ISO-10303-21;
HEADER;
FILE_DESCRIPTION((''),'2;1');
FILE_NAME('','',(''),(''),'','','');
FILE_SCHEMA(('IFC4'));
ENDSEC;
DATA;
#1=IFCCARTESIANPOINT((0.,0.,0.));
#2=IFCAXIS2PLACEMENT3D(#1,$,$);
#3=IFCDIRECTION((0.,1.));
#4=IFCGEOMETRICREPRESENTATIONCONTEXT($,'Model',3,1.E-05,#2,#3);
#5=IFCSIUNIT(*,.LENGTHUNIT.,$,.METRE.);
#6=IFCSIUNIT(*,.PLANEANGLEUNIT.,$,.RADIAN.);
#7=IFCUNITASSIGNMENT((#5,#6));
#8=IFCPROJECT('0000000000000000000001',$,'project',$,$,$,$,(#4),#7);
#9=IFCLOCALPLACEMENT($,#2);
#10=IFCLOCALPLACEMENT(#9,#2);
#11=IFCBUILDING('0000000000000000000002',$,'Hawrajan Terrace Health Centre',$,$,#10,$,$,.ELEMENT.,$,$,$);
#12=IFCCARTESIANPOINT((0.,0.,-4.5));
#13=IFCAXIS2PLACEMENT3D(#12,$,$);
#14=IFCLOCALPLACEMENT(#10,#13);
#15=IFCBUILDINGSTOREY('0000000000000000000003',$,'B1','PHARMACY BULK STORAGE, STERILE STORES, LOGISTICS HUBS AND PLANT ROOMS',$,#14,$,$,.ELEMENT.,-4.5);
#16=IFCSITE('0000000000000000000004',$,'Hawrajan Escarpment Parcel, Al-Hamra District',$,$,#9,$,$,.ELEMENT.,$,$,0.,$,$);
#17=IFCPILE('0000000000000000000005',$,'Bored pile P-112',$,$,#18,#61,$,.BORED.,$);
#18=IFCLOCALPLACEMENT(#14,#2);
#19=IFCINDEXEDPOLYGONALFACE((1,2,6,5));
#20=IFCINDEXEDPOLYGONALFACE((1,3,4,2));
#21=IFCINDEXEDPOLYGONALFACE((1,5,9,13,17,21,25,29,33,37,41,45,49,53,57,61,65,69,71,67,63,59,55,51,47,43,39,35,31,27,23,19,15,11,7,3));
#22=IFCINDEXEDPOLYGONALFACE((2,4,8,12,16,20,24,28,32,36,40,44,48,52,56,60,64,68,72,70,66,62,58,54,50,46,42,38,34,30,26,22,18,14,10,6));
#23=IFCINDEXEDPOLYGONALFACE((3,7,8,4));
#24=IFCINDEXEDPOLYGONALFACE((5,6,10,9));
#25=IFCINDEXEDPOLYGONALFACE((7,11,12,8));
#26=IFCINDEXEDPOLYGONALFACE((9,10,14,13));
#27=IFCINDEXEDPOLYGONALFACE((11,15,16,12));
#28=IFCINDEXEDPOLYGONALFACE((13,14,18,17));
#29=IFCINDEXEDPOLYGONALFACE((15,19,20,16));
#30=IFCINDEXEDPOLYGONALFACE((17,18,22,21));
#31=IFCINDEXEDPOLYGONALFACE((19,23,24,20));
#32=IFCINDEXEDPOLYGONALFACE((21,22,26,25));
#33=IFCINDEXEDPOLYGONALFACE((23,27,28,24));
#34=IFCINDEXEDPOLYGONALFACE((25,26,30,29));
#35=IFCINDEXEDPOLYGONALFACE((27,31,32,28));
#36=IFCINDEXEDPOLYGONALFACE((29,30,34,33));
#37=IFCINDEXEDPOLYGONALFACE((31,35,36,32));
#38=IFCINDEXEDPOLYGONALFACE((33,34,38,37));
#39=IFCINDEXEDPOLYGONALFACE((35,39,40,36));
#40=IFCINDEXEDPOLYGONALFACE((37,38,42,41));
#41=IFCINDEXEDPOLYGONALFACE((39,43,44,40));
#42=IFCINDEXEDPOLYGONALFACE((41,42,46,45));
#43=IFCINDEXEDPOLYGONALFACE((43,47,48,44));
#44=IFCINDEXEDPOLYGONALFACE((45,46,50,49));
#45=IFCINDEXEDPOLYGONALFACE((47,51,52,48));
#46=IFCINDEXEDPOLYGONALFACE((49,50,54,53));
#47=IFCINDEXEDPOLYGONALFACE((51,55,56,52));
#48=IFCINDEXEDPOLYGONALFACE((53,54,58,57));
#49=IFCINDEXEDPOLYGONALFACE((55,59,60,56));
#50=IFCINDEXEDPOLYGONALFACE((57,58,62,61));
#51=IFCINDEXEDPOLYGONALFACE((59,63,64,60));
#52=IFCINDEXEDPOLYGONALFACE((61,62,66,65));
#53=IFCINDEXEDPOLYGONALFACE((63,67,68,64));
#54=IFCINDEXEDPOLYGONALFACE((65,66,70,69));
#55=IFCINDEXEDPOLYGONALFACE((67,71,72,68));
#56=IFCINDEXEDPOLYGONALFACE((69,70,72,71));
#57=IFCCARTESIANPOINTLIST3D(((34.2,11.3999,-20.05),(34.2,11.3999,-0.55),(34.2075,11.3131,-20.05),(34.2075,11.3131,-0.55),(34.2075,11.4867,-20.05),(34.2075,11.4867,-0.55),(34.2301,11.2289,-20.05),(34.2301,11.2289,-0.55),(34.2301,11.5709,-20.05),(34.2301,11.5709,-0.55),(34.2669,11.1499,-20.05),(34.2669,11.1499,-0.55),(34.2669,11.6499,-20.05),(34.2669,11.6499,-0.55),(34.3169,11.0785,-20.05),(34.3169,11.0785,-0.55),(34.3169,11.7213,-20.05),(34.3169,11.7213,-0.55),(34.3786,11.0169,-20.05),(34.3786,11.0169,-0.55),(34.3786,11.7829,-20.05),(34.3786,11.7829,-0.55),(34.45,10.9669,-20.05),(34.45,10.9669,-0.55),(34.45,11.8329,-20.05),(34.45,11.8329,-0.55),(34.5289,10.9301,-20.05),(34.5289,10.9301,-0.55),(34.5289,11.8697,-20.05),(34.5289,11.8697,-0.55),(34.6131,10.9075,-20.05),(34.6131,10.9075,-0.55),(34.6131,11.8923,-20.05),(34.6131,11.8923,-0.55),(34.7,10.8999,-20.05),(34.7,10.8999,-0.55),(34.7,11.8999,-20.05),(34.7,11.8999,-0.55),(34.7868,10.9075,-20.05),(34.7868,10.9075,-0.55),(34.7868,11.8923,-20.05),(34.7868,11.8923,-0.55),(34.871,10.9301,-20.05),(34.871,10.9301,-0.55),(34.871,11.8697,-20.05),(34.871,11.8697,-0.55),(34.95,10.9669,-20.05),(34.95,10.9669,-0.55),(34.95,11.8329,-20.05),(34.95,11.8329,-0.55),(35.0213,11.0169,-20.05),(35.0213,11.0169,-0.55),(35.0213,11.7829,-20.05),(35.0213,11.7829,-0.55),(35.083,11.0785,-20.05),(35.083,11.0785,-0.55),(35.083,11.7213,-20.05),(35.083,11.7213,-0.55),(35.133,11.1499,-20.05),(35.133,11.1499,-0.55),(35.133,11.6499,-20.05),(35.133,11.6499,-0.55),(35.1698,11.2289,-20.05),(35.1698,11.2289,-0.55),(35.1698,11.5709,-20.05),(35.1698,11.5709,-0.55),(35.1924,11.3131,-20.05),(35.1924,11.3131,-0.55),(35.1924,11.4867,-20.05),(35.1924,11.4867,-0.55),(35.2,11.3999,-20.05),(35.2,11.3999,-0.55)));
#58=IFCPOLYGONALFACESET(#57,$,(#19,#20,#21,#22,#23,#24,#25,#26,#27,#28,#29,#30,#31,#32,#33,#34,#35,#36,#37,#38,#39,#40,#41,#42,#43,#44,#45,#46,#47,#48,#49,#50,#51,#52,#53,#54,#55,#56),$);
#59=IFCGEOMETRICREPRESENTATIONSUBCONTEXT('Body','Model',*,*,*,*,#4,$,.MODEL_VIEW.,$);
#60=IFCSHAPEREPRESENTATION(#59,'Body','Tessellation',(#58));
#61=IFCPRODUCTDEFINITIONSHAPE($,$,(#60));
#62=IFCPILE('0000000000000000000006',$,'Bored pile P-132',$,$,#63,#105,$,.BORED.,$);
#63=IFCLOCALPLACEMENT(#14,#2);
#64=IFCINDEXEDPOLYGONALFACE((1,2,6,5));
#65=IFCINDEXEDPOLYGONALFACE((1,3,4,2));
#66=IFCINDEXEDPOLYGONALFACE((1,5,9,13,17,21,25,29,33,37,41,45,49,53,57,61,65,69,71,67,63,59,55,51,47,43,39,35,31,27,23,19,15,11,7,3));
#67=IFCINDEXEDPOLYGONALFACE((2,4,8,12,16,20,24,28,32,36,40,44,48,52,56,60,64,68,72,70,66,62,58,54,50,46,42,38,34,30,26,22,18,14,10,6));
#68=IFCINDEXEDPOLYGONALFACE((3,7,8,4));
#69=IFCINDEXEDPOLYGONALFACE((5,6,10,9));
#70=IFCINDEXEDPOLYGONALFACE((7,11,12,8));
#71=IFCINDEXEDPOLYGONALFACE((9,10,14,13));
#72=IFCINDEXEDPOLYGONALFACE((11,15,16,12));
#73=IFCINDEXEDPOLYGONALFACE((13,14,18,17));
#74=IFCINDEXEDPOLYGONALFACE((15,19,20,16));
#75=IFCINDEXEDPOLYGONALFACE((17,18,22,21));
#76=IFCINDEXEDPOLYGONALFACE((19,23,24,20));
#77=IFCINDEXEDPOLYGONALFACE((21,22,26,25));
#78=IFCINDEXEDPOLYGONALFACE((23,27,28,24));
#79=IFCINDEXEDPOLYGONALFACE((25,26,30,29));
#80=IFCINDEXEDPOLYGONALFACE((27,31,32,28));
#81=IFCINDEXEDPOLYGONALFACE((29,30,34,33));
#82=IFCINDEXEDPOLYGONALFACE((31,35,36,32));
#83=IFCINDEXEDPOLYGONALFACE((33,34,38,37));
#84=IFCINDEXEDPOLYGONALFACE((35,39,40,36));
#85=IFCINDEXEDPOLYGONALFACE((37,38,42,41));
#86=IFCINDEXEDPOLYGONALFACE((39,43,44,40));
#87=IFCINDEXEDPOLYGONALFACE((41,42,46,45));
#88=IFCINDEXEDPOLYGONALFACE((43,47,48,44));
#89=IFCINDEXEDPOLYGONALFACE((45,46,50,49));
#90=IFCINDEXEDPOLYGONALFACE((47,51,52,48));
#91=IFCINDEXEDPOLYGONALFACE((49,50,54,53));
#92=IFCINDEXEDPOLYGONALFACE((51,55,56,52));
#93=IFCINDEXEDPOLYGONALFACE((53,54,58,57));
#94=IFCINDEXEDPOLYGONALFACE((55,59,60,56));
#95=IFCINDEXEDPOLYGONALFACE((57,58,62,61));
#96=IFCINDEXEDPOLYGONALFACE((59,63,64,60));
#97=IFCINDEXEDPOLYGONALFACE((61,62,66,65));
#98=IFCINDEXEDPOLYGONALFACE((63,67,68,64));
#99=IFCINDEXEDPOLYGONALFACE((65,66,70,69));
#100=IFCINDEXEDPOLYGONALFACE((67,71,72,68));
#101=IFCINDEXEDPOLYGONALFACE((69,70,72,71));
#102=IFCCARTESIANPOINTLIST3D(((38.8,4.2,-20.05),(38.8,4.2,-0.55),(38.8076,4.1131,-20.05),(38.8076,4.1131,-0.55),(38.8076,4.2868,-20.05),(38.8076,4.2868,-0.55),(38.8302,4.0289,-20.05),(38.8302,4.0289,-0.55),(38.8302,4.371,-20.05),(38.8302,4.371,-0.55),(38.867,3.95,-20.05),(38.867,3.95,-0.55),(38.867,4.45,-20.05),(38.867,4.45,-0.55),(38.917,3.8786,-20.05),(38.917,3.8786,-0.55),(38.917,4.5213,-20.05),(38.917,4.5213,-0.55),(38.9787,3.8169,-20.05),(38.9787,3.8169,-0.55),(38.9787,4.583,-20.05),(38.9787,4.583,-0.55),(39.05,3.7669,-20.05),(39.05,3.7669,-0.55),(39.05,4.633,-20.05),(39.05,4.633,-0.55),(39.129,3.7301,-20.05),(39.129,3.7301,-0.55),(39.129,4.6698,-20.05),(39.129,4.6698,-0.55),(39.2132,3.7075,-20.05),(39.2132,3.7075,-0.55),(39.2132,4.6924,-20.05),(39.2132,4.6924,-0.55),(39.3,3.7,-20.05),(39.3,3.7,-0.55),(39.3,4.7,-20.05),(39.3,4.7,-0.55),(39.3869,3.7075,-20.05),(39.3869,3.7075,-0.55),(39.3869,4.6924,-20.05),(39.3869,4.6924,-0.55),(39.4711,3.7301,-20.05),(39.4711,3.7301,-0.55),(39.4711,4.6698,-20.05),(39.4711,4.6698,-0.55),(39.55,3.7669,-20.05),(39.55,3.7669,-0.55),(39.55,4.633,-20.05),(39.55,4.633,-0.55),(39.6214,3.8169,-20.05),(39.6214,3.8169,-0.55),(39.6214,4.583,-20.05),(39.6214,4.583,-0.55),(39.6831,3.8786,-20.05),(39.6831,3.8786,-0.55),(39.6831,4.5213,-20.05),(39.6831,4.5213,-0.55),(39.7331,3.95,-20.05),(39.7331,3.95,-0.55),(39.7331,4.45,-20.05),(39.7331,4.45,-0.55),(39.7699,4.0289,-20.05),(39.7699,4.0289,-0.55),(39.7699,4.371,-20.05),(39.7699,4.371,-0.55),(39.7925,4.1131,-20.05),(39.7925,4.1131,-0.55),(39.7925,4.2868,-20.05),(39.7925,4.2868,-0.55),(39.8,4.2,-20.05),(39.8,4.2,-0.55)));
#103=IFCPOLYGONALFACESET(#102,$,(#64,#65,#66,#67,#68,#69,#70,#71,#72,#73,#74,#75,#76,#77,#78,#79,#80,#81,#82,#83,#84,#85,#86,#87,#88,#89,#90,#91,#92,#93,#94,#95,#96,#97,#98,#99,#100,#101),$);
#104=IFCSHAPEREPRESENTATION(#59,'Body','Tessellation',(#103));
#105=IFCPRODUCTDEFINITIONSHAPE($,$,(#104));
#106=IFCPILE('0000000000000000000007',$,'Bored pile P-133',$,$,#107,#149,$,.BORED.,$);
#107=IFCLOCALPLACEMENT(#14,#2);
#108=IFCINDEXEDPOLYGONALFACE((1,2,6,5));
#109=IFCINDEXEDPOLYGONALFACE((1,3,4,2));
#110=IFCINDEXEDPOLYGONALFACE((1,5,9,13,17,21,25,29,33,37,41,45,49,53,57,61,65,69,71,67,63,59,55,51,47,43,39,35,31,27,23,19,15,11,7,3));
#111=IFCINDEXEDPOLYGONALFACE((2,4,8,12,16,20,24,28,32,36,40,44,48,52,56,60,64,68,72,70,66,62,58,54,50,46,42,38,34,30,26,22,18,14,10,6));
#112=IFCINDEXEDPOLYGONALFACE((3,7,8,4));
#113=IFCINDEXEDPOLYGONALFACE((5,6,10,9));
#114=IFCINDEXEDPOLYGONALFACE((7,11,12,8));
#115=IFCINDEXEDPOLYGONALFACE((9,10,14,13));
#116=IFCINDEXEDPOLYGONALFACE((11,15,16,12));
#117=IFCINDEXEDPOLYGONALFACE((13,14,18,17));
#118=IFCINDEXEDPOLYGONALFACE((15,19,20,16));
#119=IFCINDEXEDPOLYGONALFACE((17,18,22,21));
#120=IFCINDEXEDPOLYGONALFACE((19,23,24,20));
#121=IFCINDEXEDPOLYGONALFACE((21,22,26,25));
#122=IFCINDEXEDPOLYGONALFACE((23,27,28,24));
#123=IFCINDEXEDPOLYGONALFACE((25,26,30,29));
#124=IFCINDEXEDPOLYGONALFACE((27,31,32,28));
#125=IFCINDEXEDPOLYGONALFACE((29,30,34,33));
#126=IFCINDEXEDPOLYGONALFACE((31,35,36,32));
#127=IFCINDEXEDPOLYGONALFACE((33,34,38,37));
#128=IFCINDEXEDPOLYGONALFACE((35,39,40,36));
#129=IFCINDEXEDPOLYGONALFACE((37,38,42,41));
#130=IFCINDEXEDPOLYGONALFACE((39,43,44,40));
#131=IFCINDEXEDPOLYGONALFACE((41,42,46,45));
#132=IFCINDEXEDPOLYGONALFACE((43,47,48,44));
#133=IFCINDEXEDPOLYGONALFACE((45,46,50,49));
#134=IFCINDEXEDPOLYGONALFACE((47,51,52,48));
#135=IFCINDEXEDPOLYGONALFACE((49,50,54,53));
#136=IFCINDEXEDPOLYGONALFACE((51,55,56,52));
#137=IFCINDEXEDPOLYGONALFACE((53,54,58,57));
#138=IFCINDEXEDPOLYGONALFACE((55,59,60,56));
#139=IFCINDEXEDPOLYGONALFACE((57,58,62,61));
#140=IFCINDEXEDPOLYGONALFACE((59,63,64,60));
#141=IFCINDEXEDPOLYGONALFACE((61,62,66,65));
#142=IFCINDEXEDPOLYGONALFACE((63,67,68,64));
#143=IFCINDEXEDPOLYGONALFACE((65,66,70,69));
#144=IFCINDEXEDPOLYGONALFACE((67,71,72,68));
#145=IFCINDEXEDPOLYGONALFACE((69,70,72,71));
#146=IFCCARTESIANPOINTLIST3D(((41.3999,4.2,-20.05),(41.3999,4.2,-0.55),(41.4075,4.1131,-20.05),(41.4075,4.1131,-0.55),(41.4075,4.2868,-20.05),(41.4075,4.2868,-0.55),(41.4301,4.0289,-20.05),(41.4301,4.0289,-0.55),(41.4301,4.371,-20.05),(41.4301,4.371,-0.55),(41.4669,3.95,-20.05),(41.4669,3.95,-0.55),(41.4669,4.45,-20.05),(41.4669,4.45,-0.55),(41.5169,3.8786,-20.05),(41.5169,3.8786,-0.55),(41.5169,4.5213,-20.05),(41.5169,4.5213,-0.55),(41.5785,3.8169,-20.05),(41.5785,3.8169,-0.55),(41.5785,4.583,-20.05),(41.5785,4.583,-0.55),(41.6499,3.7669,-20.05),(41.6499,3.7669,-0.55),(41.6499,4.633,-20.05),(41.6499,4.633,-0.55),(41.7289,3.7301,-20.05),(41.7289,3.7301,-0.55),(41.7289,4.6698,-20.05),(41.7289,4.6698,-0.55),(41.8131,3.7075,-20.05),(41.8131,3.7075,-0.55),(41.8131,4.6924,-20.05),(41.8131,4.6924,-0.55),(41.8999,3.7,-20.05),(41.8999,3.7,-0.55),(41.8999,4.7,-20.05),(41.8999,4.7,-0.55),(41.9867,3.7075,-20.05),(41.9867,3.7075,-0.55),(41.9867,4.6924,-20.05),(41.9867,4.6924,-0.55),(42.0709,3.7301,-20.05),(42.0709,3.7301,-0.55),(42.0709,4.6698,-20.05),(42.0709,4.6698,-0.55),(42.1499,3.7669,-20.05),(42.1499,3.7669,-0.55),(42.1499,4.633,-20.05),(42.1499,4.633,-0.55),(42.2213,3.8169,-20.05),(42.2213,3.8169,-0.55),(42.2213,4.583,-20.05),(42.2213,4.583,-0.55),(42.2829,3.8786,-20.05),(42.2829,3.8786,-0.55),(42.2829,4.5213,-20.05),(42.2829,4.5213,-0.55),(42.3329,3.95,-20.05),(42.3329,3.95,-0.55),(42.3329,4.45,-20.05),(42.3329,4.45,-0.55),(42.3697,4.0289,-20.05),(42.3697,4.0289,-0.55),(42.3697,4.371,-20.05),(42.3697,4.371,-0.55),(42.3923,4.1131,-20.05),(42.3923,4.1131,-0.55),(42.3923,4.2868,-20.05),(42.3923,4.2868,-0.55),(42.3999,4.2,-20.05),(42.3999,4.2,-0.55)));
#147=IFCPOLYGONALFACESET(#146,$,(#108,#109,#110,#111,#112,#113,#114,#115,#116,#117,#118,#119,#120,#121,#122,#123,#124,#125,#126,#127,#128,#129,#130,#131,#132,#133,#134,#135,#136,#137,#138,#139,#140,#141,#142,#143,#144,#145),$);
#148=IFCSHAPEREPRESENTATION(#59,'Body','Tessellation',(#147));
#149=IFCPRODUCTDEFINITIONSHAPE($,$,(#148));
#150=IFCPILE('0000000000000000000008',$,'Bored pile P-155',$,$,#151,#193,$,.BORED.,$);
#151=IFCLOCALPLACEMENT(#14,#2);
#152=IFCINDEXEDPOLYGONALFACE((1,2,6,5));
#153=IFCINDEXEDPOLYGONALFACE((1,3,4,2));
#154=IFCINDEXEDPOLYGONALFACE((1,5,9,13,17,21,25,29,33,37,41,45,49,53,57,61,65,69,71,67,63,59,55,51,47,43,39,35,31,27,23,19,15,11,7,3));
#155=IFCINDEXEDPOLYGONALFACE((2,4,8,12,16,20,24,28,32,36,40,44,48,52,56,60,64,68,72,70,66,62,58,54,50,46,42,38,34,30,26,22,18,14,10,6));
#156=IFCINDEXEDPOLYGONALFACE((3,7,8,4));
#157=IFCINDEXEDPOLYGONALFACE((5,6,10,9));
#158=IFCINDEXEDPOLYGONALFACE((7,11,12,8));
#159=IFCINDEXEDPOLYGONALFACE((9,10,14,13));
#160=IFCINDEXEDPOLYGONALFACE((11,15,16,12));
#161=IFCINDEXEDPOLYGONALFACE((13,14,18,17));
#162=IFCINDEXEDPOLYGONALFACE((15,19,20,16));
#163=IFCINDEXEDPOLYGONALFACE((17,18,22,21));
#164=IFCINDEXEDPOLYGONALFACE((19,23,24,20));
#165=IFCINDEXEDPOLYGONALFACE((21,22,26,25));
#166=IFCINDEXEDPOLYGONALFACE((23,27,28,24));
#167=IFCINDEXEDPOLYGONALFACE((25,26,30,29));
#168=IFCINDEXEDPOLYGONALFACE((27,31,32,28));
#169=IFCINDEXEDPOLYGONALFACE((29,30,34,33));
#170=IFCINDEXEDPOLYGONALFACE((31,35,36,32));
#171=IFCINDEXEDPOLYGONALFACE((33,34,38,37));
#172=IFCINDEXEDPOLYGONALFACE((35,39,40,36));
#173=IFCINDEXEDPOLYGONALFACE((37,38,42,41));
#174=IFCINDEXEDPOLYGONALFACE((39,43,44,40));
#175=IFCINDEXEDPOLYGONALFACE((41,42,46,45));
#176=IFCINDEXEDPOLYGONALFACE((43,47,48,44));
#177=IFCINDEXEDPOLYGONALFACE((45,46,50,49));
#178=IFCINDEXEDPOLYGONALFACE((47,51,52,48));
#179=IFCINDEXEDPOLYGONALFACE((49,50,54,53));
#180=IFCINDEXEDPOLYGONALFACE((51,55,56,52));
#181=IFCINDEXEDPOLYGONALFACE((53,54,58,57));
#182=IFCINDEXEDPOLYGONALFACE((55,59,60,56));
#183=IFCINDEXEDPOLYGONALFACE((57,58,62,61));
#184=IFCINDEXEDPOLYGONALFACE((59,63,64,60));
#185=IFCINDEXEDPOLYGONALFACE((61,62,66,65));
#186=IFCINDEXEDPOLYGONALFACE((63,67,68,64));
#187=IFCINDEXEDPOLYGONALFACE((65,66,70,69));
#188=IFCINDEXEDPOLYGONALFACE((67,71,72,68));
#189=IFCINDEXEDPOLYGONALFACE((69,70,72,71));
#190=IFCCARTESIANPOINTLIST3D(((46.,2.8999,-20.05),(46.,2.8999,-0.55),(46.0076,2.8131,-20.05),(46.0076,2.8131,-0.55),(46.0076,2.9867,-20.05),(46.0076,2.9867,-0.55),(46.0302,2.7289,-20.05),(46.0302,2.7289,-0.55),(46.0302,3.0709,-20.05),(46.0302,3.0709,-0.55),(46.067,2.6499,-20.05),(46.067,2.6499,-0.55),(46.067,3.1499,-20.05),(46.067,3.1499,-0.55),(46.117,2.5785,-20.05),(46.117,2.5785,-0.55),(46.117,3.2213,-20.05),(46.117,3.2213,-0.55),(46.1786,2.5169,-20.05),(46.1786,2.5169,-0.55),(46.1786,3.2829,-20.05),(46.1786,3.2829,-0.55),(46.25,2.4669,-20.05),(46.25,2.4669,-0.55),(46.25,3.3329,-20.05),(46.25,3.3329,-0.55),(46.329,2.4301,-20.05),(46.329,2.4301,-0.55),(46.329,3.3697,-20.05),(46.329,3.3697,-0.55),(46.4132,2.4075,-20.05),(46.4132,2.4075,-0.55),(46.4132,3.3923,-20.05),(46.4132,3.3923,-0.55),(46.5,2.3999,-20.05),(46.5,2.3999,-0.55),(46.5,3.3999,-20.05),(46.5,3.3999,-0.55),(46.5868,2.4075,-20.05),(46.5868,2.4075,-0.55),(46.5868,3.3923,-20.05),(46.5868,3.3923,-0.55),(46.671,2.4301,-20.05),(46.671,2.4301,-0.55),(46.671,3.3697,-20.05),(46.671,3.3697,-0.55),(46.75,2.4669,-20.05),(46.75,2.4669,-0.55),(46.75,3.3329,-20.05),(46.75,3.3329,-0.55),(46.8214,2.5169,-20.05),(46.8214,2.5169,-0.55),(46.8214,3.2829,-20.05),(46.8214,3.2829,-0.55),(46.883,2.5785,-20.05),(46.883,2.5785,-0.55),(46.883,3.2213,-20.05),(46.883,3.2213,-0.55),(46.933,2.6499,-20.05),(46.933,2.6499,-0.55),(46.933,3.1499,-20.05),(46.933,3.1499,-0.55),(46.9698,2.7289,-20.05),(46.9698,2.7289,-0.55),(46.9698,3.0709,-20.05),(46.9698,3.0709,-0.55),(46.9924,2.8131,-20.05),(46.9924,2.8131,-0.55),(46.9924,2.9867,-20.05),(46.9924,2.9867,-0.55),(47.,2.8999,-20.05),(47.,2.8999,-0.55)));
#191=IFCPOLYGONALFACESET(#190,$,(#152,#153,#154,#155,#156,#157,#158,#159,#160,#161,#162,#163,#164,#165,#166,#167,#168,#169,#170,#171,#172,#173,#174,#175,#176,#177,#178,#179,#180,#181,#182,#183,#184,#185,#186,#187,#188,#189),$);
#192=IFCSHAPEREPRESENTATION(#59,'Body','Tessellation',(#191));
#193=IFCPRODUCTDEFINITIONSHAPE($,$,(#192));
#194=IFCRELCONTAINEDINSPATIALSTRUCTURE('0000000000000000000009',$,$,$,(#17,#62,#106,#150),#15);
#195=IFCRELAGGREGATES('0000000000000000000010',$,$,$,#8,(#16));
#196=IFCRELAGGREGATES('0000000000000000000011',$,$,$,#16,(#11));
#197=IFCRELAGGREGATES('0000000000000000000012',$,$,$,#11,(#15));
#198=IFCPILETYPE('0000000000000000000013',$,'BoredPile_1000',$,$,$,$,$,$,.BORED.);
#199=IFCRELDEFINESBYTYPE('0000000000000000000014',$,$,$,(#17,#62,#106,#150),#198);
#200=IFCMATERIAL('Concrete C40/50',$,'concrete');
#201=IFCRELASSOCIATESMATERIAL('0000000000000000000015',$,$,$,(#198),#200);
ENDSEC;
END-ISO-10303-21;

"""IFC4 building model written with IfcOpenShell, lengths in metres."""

from ifc_helpers import new_model, si_unit, direction, frame, origin, origin_2d, place, context, subcontext, project, spatial, circle, extrude, material, material_profile, profile_set, type_object, element, save


model = new_model("IFC4")

# Units and contexts
model_context = context("Model", 3, precision=1e-05, world=origin(), true_north=direction((0.0, 1.0)))
body_context = subcontext(model_context, "Body", "Model", "MODEL_VIEW")
ifc_project = project(units=[si_unit("LENGTHUNIT", "METRE"), si_unit("PLANEANGLEUNIT", "RADIAN")], contexts=[model_context])

# Site, building, storey
site_placement = place(None, origin())
site = spatial("IfcSite", under=ifc_project, at=site_placement, Name="Hawrajan Escarpment Parcel, Al-Hamra District", CompositionType="ELEMENT", RefElevation=0.0)
building_placement = place(site_placement, origin())
building = spatial("IfcBuilding", under=site, at=building_placement, Name="Hawrajan Terrace Health Centre", CompositionType="ELEMENT")
storey_placement = place(building_placement, frame((0.0, 0.0, -4.5)))
storey = spatial("IfcBuildingStorey", under=building, at=storey_placement, Name="B1", Description="PHARMACY BULK STORAGE, STERILE STORES, LOGISTICS HUBS AND PLANT ROOMS", CompositionType="ELEMENT", Elevation=-4.5)

# Piles
ifc_material_1 = material(Name="Concrete C40/50", Category="concrete")
ifc_material_profile_1 = material_profile(ifc_material_1, circle(Radius=0.5, at=origin_2d()), Name="BP 1000")
ifc_profile_set_1 = profile_set([ifc_material_profile_1], Name="Concrete C40/50")
pile_type_1 = type_object("IfcPileType", Name="BoredPile_1000", PredefinedType="BORED", material=ifc_profile_set_1)
for number, where, z_axis, x_axis, name in (
    (1, (34.7, 11.3999, -0.55), (0.0, 0.0, -1.0), (1.0, 0.0, 0.0), "Bored pile P-112"),
    (2, (39.3, 4.2, -0.55), (0.0, 0.0, -1.0), (1.0, 0.0, 0.0), "Bored pile P-132"),
    (3, (41.8999, 4.2, -0.55), (0.0, 0.0, -1.0), (1.0, 0.0, 0.0), "Bored pile P-133"),
    (4, (46.5, 2.8999, -0.55), (0.0, 0.0, -1.0), (1.0, 0.0, 0.0), "Bored pile P-155"),
):
    element("IfcPile", number, at=place(storey_placement, frame(where, z_axis=z_axis, x_axis=x_axis)), inside=storey, type_object=pile_type_1, Name=name, PredefinedType="BORED", context=body_context, shape_type="SweptSolid", body=[
        extrude(circle(Radius=0.5, at=origin_2d()), origin(), (0.0, 0.0, 1.0), 19.5),
    ])

save(model, "model.ifc")
